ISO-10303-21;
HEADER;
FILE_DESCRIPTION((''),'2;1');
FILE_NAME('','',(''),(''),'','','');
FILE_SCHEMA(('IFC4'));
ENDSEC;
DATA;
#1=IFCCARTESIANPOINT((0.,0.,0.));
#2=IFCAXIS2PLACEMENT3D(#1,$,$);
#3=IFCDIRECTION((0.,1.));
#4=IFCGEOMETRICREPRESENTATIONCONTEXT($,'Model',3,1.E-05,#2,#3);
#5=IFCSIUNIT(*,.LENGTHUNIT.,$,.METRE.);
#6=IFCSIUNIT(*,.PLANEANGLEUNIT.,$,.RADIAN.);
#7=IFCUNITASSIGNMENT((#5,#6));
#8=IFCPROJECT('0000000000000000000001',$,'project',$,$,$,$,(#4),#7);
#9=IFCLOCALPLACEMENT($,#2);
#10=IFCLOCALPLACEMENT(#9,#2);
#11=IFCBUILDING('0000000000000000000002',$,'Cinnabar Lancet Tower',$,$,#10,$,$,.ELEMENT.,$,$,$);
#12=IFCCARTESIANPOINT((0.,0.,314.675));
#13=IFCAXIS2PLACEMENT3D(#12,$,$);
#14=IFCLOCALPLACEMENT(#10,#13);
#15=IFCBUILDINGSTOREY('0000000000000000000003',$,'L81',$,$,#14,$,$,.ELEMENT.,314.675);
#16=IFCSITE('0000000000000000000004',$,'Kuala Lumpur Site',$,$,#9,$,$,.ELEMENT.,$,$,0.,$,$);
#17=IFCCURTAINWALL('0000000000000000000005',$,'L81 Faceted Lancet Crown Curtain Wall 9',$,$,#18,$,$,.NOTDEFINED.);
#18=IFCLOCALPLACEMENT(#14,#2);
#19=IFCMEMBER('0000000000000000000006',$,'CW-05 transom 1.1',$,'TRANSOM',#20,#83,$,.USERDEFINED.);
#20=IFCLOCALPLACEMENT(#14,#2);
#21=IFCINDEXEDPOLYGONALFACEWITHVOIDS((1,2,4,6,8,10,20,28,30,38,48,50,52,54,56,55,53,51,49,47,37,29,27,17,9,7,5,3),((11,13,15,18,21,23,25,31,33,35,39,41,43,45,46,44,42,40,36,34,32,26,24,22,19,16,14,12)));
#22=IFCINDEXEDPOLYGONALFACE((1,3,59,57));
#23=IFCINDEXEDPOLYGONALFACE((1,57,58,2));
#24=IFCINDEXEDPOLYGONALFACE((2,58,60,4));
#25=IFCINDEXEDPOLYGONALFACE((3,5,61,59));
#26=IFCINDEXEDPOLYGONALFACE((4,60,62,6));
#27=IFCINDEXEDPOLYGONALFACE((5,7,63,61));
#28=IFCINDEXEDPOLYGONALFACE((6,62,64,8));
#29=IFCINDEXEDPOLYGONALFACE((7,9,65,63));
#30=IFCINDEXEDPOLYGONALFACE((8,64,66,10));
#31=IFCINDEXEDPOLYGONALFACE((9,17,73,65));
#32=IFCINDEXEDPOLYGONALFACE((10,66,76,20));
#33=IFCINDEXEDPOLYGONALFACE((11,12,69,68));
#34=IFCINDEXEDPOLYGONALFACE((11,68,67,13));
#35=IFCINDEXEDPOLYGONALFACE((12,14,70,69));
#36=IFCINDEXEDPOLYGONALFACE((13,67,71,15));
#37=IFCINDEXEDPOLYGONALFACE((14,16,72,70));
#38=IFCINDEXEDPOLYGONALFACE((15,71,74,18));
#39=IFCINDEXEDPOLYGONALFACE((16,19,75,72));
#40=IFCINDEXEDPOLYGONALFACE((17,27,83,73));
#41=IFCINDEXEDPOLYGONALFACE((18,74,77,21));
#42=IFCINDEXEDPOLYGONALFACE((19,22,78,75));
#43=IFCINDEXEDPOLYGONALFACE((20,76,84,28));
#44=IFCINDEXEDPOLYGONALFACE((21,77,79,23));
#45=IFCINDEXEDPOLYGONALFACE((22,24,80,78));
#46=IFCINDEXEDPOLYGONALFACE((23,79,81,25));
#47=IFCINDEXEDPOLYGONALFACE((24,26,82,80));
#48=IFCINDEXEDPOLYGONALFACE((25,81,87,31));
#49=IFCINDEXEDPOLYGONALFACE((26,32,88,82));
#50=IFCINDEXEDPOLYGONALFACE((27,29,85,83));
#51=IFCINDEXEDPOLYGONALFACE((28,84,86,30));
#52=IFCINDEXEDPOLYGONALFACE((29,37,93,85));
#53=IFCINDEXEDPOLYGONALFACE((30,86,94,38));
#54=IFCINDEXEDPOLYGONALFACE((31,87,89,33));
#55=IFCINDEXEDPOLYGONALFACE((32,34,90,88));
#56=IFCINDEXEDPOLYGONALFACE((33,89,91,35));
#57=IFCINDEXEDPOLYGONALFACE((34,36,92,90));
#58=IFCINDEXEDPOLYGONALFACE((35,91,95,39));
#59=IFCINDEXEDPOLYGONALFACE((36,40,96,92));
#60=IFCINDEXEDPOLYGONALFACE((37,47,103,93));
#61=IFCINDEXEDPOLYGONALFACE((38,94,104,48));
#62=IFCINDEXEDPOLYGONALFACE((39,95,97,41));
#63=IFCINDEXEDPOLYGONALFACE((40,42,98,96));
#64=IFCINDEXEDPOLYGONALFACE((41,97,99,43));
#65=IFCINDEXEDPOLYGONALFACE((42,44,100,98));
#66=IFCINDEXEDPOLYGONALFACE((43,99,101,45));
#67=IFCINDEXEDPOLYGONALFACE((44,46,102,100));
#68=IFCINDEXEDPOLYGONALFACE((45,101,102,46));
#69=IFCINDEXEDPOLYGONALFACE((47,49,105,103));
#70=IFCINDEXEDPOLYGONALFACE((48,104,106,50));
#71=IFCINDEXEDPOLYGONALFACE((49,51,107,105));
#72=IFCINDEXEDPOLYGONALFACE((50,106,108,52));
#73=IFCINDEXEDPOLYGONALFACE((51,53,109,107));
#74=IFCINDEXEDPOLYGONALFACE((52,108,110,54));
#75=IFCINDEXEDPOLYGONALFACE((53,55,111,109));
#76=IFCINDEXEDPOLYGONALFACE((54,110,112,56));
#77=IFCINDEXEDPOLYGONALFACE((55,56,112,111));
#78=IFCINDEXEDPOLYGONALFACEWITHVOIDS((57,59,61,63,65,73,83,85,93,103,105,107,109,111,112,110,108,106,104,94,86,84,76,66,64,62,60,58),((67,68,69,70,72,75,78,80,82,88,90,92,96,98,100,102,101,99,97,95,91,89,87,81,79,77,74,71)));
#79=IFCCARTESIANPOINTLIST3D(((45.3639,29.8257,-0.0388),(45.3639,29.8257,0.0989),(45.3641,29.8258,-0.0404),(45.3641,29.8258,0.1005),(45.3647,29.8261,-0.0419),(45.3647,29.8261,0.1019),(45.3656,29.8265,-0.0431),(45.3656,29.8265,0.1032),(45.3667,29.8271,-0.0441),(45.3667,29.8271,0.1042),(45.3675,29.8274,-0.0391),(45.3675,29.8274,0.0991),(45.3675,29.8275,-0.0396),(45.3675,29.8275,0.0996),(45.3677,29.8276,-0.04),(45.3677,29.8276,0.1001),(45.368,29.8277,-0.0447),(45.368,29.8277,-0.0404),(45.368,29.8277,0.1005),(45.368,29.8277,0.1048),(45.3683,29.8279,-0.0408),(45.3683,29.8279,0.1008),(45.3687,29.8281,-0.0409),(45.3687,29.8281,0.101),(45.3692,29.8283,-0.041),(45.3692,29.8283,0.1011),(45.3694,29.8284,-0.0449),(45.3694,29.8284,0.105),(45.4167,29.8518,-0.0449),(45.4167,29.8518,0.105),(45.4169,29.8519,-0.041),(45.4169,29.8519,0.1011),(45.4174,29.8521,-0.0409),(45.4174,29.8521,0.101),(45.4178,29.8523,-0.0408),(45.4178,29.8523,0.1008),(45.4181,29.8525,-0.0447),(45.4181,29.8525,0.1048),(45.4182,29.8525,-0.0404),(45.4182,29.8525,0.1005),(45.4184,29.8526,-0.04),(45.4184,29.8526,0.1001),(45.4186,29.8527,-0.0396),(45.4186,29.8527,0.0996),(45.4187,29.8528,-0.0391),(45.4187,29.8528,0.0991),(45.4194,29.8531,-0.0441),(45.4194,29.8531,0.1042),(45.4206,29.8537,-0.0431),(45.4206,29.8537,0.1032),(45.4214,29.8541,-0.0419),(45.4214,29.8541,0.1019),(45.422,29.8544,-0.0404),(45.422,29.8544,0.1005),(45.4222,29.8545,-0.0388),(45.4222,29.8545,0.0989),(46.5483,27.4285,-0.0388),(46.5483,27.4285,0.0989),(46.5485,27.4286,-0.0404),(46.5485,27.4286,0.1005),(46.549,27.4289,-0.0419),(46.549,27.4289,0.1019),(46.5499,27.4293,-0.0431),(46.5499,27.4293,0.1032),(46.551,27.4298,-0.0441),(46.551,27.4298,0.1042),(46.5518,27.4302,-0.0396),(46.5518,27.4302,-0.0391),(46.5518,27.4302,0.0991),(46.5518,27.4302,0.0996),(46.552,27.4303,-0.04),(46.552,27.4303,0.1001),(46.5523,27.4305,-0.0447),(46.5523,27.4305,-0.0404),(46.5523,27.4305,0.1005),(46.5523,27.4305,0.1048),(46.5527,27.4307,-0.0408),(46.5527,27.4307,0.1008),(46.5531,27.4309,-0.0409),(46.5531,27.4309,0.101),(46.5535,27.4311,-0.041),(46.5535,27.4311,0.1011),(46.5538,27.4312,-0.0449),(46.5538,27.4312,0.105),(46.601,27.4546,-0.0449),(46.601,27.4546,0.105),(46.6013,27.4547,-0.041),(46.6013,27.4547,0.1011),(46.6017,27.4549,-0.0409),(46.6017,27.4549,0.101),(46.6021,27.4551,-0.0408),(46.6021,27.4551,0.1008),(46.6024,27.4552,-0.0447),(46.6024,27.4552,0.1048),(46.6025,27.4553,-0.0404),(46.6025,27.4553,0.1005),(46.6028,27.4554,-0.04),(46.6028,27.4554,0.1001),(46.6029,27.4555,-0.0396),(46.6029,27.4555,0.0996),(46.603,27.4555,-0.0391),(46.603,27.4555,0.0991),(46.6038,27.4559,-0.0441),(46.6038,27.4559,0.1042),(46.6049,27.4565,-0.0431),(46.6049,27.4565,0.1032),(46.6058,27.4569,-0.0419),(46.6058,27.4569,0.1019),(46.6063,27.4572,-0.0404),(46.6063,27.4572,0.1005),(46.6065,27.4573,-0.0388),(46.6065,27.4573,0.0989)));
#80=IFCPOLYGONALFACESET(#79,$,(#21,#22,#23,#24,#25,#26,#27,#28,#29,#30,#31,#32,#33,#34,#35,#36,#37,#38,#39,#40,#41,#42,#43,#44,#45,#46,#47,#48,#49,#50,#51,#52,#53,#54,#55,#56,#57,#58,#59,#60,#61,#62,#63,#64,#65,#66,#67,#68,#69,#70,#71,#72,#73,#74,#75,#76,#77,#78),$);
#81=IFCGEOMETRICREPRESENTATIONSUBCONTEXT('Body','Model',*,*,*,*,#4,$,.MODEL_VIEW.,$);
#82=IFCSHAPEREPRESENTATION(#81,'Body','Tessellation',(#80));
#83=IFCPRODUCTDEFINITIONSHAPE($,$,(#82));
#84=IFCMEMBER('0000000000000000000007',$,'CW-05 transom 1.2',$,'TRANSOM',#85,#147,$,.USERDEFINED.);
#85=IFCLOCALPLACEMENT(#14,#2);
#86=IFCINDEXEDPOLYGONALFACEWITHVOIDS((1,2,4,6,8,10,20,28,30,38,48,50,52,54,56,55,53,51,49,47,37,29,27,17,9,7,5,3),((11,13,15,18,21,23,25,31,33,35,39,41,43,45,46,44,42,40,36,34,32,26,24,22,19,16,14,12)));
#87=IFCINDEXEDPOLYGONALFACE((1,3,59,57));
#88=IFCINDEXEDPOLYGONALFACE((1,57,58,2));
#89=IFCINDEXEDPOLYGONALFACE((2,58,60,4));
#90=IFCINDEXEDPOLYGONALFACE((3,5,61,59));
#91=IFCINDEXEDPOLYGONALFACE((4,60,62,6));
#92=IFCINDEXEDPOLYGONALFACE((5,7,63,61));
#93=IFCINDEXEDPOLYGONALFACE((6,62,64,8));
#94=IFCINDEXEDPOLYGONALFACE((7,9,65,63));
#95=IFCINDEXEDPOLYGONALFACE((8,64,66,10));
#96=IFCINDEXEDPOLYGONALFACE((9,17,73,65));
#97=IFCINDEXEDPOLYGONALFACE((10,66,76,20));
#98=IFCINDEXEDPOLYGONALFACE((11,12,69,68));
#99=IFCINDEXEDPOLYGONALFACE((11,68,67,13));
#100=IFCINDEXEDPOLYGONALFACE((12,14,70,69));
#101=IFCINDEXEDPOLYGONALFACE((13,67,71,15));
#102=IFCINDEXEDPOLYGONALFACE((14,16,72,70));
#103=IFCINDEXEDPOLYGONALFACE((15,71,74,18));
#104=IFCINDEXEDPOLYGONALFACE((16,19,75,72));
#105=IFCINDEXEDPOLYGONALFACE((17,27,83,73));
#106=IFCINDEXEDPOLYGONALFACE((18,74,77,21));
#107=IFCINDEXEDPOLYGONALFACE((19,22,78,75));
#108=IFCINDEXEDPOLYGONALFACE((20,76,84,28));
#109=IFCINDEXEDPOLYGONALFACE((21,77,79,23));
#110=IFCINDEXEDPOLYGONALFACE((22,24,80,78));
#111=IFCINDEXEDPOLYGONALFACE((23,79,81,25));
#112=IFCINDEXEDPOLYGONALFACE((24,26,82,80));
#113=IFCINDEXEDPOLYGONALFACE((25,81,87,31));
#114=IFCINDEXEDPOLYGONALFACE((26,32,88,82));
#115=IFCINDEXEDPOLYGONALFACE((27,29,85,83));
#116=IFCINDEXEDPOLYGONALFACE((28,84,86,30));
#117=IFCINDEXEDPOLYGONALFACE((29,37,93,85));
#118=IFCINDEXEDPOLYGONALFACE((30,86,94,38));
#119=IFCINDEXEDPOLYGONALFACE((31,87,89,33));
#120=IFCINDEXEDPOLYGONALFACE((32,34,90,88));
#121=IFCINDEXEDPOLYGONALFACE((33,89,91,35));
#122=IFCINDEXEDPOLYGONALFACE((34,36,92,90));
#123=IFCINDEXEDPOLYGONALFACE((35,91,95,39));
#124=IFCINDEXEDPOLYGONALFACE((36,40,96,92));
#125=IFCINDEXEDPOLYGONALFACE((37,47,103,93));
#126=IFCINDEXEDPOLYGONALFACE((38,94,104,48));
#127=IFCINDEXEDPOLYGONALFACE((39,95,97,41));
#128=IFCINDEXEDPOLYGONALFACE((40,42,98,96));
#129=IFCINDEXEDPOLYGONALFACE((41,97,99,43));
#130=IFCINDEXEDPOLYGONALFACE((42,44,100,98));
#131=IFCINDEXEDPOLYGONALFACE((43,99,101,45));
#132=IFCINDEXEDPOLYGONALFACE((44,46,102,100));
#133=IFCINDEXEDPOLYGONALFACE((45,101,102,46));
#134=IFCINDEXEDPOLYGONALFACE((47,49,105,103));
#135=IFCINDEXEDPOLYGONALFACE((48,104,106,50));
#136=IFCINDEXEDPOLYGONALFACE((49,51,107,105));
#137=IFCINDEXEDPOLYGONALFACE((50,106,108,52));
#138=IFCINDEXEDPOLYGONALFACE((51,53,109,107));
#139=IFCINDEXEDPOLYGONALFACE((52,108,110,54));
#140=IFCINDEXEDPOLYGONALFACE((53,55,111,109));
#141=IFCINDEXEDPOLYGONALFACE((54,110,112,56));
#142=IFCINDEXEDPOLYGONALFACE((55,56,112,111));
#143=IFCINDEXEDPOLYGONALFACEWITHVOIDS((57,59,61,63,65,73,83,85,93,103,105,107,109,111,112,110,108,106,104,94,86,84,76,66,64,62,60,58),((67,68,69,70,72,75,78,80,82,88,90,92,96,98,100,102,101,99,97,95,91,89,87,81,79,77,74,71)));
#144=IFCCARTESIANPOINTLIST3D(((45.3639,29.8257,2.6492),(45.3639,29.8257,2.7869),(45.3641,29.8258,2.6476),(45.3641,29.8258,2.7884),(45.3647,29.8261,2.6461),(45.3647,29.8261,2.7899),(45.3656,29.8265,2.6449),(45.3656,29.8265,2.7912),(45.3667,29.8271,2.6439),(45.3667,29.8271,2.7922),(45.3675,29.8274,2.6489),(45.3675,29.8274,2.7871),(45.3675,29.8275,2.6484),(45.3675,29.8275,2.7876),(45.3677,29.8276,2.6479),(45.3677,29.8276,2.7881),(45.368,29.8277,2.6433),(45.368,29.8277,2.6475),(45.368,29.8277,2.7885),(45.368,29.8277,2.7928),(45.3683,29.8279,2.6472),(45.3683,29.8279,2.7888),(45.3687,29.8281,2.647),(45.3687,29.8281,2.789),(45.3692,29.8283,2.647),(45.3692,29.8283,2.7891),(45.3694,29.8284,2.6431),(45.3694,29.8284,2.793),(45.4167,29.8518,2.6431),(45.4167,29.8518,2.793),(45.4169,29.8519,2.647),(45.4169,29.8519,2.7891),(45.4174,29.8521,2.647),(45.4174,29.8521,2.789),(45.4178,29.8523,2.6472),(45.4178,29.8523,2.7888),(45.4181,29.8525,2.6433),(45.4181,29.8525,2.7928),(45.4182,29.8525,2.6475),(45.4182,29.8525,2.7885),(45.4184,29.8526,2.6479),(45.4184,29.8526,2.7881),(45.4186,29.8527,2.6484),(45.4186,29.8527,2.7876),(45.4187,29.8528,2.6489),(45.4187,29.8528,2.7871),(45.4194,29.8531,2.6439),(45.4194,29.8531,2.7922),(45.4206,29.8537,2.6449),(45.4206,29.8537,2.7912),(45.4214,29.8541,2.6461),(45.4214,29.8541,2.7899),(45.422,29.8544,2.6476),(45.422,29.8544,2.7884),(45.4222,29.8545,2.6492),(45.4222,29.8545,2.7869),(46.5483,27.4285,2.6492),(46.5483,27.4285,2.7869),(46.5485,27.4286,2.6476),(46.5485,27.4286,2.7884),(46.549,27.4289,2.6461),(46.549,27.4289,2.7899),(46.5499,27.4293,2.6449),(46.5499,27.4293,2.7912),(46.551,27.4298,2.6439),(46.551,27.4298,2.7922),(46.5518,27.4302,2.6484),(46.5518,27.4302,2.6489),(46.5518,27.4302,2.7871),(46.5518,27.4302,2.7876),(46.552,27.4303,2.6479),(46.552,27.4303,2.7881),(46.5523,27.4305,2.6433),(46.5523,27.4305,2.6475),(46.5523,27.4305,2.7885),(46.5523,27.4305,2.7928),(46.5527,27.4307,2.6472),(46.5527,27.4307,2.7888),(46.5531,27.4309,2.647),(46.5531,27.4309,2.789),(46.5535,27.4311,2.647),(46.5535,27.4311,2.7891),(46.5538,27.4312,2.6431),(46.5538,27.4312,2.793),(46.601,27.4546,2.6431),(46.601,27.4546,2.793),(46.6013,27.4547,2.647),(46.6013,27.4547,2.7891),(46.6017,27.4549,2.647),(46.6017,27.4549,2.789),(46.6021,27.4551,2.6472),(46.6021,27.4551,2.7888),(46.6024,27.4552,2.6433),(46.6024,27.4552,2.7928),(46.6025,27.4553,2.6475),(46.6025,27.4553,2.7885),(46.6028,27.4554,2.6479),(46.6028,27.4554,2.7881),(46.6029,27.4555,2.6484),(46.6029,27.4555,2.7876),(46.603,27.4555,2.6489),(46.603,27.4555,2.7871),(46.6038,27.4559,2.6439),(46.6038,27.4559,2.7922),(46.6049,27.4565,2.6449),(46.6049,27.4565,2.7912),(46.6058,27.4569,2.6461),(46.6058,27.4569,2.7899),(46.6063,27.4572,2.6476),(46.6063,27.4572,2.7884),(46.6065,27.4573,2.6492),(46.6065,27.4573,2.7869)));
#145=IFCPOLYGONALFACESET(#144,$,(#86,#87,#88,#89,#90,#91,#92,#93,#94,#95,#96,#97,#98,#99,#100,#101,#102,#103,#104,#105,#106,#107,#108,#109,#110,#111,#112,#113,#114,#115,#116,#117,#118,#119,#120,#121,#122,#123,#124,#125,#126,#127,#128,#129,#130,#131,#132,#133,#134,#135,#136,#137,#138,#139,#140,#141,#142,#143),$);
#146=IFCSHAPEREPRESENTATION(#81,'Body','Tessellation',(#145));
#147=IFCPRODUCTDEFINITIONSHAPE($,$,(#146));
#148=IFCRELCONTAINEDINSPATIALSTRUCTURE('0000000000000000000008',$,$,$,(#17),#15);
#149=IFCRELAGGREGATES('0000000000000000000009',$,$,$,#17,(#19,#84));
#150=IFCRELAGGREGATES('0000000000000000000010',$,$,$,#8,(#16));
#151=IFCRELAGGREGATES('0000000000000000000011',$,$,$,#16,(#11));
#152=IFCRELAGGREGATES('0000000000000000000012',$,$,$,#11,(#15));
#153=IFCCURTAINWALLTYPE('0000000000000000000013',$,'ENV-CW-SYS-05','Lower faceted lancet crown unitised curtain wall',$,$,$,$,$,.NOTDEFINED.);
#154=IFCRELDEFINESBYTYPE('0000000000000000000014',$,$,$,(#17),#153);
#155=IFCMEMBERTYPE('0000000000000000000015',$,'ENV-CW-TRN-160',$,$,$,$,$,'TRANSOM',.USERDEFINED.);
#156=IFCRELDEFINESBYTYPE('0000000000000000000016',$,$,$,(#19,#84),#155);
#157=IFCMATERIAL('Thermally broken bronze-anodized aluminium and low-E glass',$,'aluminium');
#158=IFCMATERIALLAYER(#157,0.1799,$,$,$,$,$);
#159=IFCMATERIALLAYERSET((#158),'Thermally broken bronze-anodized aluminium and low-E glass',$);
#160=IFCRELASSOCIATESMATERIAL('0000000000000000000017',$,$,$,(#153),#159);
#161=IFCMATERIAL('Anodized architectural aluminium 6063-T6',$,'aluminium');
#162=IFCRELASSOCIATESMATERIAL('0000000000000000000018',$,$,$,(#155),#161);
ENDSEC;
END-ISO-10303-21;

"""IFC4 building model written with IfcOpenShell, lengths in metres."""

from ifc_helpers import new_model, si_unit, direction, frame, origin, origin_2d, place, context, subcontext, project, spatial, hollow_rectangle, extrude, material, layer, layer_set, material_profile, profile_set, type_object, element, aggregate, save


model = new_model("IFC4")

# Units and contexts
model_context = context("Model", 3, precision=1e-05, world=origin(), true_north=direction((0.0, 1.0)))
body_context = subcontext(model_context, "Body", "Model", "MODEL_VIEW")
ifc_project = project(units=[si_unit("LENGTHUNIT", "METRE"), si_unit("PLANEANGLEUNIT", "RADIAN")], contexts=[model_context])

# Site, building, storey
site_placement = place(None, origin())
site = spatial("IfcSite", under=ifc_project, at=site_placement, Name="Kuala Lumpur Site", CompositionType="ELEMENT", RefElevation=0.0)
building_placement = place(site_placement, origin())
building = spatial("IfcBuilding", under=site, at=building_placement, Name="Cinnabar Lancet Tower", CompositionType="ELEMENT")
storey_placement = place(building_placement, frame((0.0, 0.0, 314.675)))
storey = spatial("IfcBuildingStorey", under=building, at=storey_placement, Name="L81", CompositionType="ELEMENT", Elevation=314.675)

# Shared definitions
ifc_material_1 = material(Name="Thermally broken bronze-anodized aluminium and low-E glass", Category="aluminium")
ifc_layer_1 = layer(ifc_material_1, 0.1799)
ifc_layer_set_1 = layer_set([ifc_layer_1], Name="Thermally broken bronze-anodized aluminium and low-E glass")
curtain_wall_type = type_object("IfcCurtainWallType", Name="ENV-CW-SYS-05", Description="Lower faceted lancet crown unitised curtain wall", PredefinedType="NOTDEFINED", material=ifc_layer_set_1)

# Curtain wall
curtain_wall_1_placement = place(storey_placement, origin())
curtain_wall_1 = element("IfcCurtainWall", 1, at=curtain_wall_1_placement, inside=storey, type_object=curtain_wall_type, Name="L81 Faceted Lancet Crown Curtain Wall 9", PredefinedType="NOTDEFINED")

# Members
ifc_material_2 = material(Name="Anodized architectural aluminium 6063-T6", Category="aluminium")
ifc_material_profile_1 = material_profile(ifc_material_2, hollow_rectangle(XDim=0.0649, YDim=0.1499, WallThickness=0.0039, InnerFilletRadius=0.002, OuterFilletRadius=0.0061, at=origin_2d()), Name="CW-TRN 150x65x4")
ifc_profile_set_1 = profile_set([ifc_material_profile_1], Name="Anodized architectural aluminium 6063-T6")
member_type_1 = type_object("IfcMemberType", Name="ENV-CW-TRN-160", ElementType="TRANSOM", PredefinedType="USERDEFINED", material=ifc_profile_set_1)
member_1_placement = place(storey_placement, frame((46.5774, 27.4429, 0.03), z_axis=(-0.442935, 0.896554, 0.0), x_axis=(-0.896554, -0.442935, 0.0)))
member_1 = element("IfcMember", 2, at=member_1_placement, type_object=member_type_1, Name="CW-05 transom 1.1", ObjectType="TRANSOM", PredefinedType="USERDEFINED", context=body_context, shape_type="SweptSolid", body=[
    extrude(hollow_rectangle(XDim=0.0649, YDim=0.1499, WallThickness=0.0039, InnerFilletRadius=0.002, OuterFilletRadius=0.0061, at=origin_2d()), origin(), (0.0, 0.0, 1.0), 2.6738),
])
member_2_placement = place(storey_placement, frame((46.5774, 27.4429, 2.718), z_axis=(-0.442935, 0.896554, 0.0), x_axis=(-0.896554, -0.442935, 0.0)))
member_2 = element("IfcMember", 3, at=member_2_placement, type_object=member_type_1, Name="CW-05 transom 1.2", ObjectType="TRANSOM", PredefinedType="USERDEFINED", context=body_context, shape_type="SweptSolid", body=[
    extrude(hollow_rectangle(XDim=0.0649, YDim=0.1499, WallThickness=0.0039, InnerFilletRadius=0.002, OuterFilletRadius=0.0061, at=origin_2d()), origin(), (0.0, 0.0, 1.0), 2.6738),
])

aggregate(curtain_wall_1, [member_1, member_2])

save(model, "model.ifc")
